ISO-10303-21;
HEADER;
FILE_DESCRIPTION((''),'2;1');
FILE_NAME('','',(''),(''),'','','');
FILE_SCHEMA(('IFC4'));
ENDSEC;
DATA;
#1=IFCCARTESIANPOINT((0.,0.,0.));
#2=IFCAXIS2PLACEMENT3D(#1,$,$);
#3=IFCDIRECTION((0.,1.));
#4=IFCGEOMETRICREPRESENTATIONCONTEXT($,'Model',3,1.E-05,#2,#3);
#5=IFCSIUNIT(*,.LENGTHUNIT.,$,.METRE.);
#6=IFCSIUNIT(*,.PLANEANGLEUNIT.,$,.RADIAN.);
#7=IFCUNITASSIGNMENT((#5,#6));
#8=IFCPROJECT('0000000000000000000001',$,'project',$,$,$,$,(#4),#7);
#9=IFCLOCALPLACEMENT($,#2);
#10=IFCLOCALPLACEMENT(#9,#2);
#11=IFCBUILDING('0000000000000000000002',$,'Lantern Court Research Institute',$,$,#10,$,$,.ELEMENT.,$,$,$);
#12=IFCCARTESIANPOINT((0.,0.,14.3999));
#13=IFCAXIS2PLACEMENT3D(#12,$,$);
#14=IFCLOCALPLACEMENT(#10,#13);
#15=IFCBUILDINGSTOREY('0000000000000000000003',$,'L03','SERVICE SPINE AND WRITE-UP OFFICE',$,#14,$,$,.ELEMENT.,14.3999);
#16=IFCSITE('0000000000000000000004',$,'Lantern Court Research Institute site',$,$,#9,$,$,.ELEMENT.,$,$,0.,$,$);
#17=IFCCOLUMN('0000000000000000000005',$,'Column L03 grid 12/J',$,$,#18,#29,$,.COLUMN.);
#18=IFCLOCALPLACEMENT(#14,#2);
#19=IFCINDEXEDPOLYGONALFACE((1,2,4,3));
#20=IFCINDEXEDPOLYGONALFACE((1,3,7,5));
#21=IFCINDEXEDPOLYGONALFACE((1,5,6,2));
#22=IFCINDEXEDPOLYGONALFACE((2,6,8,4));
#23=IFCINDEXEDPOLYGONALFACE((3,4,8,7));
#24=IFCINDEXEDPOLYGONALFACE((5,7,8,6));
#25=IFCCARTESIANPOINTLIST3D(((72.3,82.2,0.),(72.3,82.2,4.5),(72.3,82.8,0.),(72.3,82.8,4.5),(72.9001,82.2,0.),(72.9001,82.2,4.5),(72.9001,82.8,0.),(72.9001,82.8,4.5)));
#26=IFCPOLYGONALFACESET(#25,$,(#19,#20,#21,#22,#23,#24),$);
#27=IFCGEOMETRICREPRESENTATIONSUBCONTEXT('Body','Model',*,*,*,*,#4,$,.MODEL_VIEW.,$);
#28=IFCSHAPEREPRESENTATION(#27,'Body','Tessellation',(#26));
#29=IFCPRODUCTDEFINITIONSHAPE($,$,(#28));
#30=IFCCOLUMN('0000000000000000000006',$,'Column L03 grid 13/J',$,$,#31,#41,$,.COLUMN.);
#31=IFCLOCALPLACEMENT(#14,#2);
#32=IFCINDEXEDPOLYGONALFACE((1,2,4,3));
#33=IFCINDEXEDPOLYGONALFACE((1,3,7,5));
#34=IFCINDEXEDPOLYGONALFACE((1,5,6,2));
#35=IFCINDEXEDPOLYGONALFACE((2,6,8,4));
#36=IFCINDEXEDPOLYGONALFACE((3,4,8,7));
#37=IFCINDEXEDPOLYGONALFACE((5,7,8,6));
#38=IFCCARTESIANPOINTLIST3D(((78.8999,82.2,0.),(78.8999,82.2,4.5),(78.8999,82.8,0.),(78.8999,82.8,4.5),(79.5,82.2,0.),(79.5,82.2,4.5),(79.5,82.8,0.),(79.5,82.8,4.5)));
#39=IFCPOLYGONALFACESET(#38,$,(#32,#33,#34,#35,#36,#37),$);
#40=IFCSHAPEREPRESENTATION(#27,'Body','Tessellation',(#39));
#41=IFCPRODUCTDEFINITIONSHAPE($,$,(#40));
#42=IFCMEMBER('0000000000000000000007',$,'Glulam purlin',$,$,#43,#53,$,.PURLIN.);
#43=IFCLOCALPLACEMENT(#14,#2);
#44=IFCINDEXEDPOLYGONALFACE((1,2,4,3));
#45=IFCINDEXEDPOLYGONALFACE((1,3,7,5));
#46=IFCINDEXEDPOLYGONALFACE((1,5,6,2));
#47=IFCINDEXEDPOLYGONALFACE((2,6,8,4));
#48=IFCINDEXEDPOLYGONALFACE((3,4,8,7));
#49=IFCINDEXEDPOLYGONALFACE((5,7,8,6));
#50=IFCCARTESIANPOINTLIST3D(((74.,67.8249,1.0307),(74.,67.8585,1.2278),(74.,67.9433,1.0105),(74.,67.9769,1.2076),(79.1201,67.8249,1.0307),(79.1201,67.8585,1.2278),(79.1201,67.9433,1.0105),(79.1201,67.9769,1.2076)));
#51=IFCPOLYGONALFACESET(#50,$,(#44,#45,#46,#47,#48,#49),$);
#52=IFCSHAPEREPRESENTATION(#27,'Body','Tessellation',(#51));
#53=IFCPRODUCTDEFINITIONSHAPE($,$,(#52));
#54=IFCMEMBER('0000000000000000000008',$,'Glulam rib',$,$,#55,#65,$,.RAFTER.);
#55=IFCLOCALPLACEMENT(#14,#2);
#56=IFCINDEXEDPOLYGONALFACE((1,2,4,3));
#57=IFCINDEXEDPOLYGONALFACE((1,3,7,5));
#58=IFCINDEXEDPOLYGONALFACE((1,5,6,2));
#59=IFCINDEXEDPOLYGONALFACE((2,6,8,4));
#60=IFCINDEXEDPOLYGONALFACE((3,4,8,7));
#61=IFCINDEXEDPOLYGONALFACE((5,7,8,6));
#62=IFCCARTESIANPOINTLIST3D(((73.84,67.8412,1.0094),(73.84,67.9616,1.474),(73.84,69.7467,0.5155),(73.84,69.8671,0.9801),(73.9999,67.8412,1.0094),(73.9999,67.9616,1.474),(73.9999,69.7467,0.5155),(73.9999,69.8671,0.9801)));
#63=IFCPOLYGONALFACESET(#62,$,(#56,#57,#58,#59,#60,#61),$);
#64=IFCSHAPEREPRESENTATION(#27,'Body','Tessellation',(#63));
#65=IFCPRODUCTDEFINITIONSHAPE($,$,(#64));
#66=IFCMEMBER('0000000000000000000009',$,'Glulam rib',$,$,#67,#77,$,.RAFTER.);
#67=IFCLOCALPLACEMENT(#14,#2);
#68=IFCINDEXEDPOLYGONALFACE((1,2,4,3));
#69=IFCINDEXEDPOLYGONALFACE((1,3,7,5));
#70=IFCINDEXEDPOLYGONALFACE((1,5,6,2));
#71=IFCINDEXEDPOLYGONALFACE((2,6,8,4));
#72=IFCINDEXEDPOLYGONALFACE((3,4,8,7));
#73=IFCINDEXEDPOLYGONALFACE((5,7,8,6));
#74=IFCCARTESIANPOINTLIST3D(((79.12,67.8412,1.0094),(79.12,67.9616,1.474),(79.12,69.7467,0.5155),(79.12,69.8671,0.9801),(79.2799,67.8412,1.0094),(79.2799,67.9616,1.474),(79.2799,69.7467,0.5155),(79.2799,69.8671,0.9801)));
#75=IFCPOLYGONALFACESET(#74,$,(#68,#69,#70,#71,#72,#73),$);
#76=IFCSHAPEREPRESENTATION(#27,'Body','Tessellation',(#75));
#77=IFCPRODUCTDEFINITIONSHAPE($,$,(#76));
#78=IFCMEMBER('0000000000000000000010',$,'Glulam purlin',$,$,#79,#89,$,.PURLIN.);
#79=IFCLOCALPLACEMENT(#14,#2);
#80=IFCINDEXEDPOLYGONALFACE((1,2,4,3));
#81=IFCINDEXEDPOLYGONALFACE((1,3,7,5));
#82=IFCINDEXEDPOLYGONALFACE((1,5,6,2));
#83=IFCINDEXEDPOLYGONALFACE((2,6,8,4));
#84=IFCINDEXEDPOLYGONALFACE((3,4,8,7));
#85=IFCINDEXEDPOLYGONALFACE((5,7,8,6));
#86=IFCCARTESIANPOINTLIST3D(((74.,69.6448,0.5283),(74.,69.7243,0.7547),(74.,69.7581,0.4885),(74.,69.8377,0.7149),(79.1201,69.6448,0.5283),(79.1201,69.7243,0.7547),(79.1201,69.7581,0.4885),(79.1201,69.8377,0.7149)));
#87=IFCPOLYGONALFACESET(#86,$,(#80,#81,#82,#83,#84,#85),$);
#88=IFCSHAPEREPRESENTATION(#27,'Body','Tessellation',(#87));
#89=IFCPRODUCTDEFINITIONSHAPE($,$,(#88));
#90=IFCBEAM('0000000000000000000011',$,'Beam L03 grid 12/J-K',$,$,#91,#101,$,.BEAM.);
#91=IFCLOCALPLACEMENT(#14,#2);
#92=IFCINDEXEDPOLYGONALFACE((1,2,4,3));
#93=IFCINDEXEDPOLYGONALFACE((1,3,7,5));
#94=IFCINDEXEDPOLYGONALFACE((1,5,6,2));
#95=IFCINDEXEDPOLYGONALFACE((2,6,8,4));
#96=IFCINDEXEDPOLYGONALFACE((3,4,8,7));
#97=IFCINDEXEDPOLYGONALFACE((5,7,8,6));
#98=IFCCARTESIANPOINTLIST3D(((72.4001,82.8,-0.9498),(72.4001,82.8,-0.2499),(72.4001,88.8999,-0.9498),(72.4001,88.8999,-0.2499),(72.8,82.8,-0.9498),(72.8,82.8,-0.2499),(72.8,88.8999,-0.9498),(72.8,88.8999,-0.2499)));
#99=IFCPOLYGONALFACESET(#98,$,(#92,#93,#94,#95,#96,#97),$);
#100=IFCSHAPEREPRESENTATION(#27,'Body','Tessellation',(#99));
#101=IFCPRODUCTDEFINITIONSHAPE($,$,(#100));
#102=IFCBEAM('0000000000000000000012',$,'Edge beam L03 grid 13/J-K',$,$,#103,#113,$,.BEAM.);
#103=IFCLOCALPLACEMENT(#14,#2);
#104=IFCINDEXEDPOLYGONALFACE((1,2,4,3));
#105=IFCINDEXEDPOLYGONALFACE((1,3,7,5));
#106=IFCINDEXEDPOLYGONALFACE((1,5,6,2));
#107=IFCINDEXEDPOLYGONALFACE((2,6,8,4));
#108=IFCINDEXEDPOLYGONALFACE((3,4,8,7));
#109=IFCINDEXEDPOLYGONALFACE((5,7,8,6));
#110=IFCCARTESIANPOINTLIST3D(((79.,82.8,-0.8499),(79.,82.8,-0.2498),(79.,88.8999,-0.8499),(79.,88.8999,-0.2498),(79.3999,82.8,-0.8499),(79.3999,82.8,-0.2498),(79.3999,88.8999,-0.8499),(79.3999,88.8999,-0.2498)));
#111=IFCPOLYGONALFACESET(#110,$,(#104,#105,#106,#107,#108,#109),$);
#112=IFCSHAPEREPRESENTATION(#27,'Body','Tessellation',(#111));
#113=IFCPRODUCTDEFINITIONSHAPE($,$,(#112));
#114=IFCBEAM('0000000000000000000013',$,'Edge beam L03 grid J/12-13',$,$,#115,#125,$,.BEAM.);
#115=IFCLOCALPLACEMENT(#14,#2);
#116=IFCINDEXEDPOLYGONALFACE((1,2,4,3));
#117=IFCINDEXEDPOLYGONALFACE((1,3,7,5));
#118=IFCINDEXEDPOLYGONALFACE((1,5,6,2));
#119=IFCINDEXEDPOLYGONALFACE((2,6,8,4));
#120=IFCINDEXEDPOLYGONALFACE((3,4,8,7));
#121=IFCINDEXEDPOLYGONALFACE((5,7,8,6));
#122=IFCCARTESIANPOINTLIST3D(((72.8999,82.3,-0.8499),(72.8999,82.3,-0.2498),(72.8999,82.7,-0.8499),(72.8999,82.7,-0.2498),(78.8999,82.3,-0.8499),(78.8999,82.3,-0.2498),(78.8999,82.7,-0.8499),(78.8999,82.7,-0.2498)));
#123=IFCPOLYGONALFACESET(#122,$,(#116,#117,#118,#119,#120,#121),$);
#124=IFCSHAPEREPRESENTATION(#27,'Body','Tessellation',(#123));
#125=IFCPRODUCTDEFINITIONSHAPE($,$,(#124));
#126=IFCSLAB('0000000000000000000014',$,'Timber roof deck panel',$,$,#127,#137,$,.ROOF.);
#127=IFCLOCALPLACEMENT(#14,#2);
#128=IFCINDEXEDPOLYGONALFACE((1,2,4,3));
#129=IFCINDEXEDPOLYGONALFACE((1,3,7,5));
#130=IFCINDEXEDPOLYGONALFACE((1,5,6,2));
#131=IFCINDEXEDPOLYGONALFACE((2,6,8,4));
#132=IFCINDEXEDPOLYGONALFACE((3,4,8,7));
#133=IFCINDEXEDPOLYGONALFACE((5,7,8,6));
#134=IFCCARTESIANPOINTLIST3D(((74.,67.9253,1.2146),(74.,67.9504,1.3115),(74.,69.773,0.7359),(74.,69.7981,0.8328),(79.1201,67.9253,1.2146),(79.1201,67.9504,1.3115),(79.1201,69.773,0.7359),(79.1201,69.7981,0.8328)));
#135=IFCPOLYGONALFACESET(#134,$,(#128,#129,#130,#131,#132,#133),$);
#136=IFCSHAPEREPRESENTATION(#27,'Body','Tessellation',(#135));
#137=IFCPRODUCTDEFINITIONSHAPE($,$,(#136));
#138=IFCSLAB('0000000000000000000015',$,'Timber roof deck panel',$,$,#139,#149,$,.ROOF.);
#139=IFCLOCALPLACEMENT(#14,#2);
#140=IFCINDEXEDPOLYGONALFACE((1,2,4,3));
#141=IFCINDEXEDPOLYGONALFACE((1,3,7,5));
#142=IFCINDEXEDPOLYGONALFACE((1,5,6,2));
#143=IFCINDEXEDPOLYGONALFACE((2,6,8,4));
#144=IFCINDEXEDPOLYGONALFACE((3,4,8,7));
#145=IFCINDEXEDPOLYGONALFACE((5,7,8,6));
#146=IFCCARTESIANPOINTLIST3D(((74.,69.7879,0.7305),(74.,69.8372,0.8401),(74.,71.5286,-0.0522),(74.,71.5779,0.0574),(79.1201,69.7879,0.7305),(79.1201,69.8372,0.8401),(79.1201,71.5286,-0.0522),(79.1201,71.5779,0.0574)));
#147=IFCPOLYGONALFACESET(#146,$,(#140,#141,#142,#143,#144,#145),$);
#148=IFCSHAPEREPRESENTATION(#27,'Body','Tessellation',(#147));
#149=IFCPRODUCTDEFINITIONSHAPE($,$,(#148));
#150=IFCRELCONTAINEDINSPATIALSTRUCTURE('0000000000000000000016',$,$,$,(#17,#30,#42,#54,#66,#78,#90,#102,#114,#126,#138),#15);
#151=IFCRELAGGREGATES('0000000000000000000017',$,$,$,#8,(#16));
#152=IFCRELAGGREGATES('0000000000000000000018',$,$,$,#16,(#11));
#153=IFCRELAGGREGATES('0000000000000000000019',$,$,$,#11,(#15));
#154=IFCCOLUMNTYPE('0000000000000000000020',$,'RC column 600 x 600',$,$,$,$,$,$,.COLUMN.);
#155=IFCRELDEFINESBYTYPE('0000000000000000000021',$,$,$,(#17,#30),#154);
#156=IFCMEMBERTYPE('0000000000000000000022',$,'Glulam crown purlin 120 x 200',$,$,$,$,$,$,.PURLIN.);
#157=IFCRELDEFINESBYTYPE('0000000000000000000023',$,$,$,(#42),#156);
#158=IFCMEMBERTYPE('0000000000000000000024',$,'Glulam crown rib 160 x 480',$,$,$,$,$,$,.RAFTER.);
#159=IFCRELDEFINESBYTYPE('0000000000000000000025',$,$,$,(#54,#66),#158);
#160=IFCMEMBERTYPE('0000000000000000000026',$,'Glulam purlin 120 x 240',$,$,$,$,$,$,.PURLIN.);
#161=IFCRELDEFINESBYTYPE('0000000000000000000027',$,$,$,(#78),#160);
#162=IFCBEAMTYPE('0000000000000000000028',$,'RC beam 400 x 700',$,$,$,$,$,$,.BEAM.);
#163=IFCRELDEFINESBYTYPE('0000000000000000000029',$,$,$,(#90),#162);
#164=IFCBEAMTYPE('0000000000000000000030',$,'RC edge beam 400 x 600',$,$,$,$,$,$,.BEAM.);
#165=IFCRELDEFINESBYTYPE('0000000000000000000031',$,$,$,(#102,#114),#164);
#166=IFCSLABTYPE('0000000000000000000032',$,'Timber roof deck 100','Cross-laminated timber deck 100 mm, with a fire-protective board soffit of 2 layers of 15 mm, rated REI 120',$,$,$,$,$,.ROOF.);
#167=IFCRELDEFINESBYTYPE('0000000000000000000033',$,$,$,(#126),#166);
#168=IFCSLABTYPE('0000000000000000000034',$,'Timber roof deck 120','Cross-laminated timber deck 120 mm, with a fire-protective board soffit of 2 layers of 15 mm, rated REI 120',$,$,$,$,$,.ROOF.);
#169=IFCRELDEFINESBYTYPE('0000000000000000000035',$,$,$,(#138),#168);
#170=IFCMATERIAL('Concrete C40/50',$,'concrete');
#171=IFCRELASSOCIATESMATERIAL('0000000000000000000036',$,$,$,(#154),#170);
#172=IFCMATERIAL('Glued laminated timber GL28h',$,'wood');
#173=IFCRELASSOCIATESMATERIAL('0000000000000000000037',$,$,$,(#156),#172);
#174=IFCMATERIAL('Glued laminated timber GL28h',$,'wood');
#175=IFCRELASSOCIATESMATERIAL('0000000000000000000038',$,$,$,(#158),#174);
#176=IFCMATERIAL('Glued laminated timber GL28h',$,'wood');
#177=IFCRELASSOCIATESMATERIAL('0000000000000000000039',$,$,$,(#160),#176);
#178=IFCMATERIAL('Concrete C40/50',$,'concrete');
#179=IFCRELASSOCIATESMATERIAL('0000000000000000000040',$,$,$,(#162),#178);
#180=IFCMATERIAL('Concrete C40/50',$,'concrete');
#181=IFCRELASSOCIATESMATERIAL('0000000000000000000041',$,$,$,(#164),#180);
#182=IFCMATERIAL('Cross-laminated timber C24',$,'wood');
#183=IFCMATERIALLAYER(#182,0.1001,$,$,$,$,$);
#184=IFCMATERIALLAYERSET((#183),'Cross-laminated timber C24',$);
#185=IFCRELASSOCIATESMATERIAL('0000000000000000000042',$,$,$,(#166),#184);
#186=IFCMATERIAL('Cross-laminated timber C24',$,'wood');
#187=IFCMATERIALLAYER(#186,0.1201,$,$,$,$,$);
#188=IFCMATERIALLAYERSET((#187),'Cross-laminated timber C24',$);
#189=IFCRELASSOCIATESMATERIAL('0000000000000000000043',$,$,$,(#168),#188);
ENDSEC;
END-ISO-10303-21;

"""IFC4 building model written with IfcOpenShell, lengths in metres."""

from ifc_helpers import new_model, si_unit, direction, frame, origin, origin_2d, place, context, subcontext, project, spatial, polyline, rectangle, outline, extrude, material, layer, layer_set, material_profile, profile_set, type_object, element, save


model = new_model("IFC4")

# Units and contexts
model_context = context("Model", 3, precision=1e-05, world=origin(), true_north=direction((0.0, 1.0)))
body_context = subcontext(model_context, "Body", "Model", "MODEL_VIEW")
ifc_project = project(units=[si_unit("LENGTHUNIT", "METRE"), si_unit("PLANEANGLEUNIT", "RADIAN")], contexts=[model_context])

# Site, building, storey
site_placement = place(None, origin())
site = spatial("IfcSite", under=ifc_project, at=site_placement, Name="Lantern Court Research Institute site", CompositionType="ELEMENT", RefElevation=0.0)
building_placement = place(site_placement, origin())
building = spatial("IfcBuilding", under=site, at=building_placement, Name="Lantern Court Research Institute", CompositionType="ELEMENT")
storey_placement = place(building_placement, frame((0.0, 0.0, 14.3999)))
storey = spatial("IfcBuildingStorey", under=building, at=storey_placement, Name="L03", Description="SERVICE SPINE AND WRITE-UP OFFICE", CompositionType="ELEMENT", Elevation=14.3999)

# Columns
ifc_material_1 = material(Name="Concrete C40/50", Category="concrete")
ifc_material_profile_1 = material_profile(ifc_material_1, rectangle(XDim=0.6001, YDim=0.6001, at=origin_2d()), Name="RC column 600 x 600")
ifc_profile_set_1 = profile_set([ifc_material_profile_1], Name="Concrete C40/50")
column_type = type_object("IfcColumnType", Name="RC column 600 x 600", PredefinedType="COLUMN", material=ifc_profile_set_1)
for number, where, z_axis, x_axis, name in (
    (1, (72.6001, 82.5, 0.0), (0.0, 0.0, 1.0), (1.0, 0.0, 0.0), "Column L03 grid 12/J"),
    (2, (79.2, 82.5, 0.0), (0.0, 0.0, 1.0), (1.0, 0.0, 0.0), "Column L03 grid 13/J"),
):
    element("IfcColumn", number, at=place(storey_placement, frame(where, z_axis=z_axis, x_axis=x_axis)), inside=storey, type_object=column_type, Name=name, PredefinedType="COLUMN", context=body_context, shape_type="SweptSolid", body=[
        extrude(rectangle(XDim=0.6001, YDim=0.6001, at=origin_2d()), origin(), (0.0, 0.0, 1.0), 4.5),
    ])

# Members
ifc_material_2 = material(Name="Glued laminated timber GL28h", Category="wood")
ifc_material_profile_2 = material_profile(ifc_material_2, rectangle(XDim=0.1201, YDim=0.2, at=origin_2d()), Name="Glulam crown purlin 120 x 200")
ifc_profile_set_2 = profile_set([ifc_material_profile_2], Name="Glued laminated timber GL28h")
member_type_1 = type_object("IfcMemberType", Name="Glulam crown purlin 120 x 200", PredefinedType="PURLIN", material=ifc_profile_set_2)
member_1_placement = place(storey_placement, frame((74.0, 67.9009, 1.1191), z_axis=(1.0, 0.0, 0.0), x_axis=(0.0, 0.985748, -0.168229)))
element("IfcMember", 3, at=member_1_placement, inside=storey, type_object=member_type_1, Name="Glulam purlin", PredefinedType="PURLIN", context=body_context, shape_type="SweptSolid", body=[
    extrude(rectangle(XDim=0.1201, YDim=0.2, at=origin_2d()), origin(), (0.0, 0.0, 1.0), 5.1201),
])
ifc_material_3 = material(Name="Glued laminated timber GL28h", Category="wood")
ifc_material_profile_3 = material_profile(ifc_material_3, rectangle(XDim=0.1599, YDim=0.48, at=origin_2d()), Name="Glulam crown rib 160 x 480")
ifc_profile_set_3 = profile_set([ifc_material_profile_3], Name="Glued laminated timber GL28h")
member_type_2 = type_object("IfcMemberType", Name="Glulam crown rib 160 x 480", PredefinedType="RAFTER", material=ifc_profile_set_3)
for number, where, z_axis, x_axis, name in (
    (4, (73.9199, 67.9014, 1.2417), (0.0, 0.968013, -0.250902), (-1.0, 0.0, 0.0), "Glulam rib"),
    (5, (79.2, 67.9014, 1.2417), (0.0, 0.968013, -0.250902), (-1.0, 0.0, 0.0), "Glulam rib"),
):
    element("IfcMember", number, at=place(storey_placement, frame(where, z_axis=z_axis, x_axis=x_axis)), inside=storey, type_object=member_type_2, Name=name, PredefinedType="RAFTER", context=body_context, shape_type="SweptSolid", body=[
        extrude(rectangle(XDim=0.1599, YDim=0.48, at=origin_2d()), origin(), (0.0, 0.0, 1.0), 1.9685),
    ])
ifc_material_4 = material(Name="Glued laminated timber GL28h", Category="wood")
ifc_material_profile_4 = material_profile(ifc_material_4, rectangle(XDim=0.1201, YDim=0.24, at=origin_2d()), Name="Glulam purlin 120 x 240")
ifc_profile_set_4 = profile_set([ifc_material_profile_4], Name="Glued laminated timber GL28h")
member_type_3 = type_object("IfcMemberType", Name="Glulam purlin 120 x 240", PredefinedType="PURLIN", material=ifc_profile_set_4)
member_2_placement = place(storey_placement, frame((74.0, 69.7412, 0.6216), z_axis=(1.0, 0.0, 0.0), x_axis=(0.0, 0.943398, -0.331663)))
element("IfcMember", 6, at=member_2_placement, inside=storey, type_object=member_type_3, Name="Glulam purlin", PredefinedType="PURLIN", context=body_context, shape_type="SweptSolid", body=[
    extrude(rectangle(XDim=0.1201, YDim=0.24, at=origin_2d()), origin(), (0.0, 0.0, 1.0), 5.1201),
])

# Beams
ifc_material_5 = material(Name="Concrete C40/50", Category="concrete")
ifc_material_profile_5 = material_profile(ifc_material_5, rectangle(XDim=0.3999, YDim=0.7, at=origin_2d()), Name="RC beam 400 x 700")
ifc_profile_set_5 = profile_set([ifc_material_profile_5], Name="Concrete C40/50")
beam_type_1 = type_object("IfcBeamType", Name="RC beam 400 x 700", PredefinedType="BEAM", material=ifc_profile_set_5)
beam_1_placement = place(storey_placement, frame((72.6001, 82.8, -0.5999), z_axis=(0.0, 1.0, 0.0), x_axis=(-1.0, 0.0, 0.0)))
element("IfcBeam", 7, at=beam_1_placement, inside=storey, type_object=beam_type_1, Name="Beam L03 grid 12/J-K", PredefinedType="BEAM", context=body_context, shape_type="SweptSolid", body=[
    extrude(rectangle(XDim=0.3999, YDim=0.7, at=origin_2d()), origin(), (0.0, 0.0, 1.0), 6.0999),
])
ifc_material_6 = material(Name="Concrete C40/50", Category="concrete")
ifc_material_profile_6 = material_profile(ifc_material_6, rectangle(XDim=0.3999, YDim=0.6001, at=origin_2d()), Name="RC beam 400 x 600")
ifc_profile_set_6 = profile_set([ifc_material_profile_6], Name="Concrete C40/50")
beam_type_2 = type_object("IfcBeamType", Name="RC edge beam 400 x 600", PredefinedType="BEAM", material=ifc_profile_set_6)
beam_2_placement = place(storey_placement, frame((79.2, 82.8, -0.5498), z_axis=(0.0, 1.0, 0.0), x_axis=(-1.0, 0.0, 0.0)))
element("IfcBeam", 8, at=beam_2_placement, inside=storey, type_object=beam_type_2, Name="Edge beam L03 grid 13/J-K", PredefinedType="BEAM", context=body_context, shape_type="SweptSolid", body=[
    extrude(rectangle(XDim=0.3999, YDim=0.6001, at=origin_2d()), origin(), (0.0, 0.0, 1.0), 6.0999),
])
beam_3_placement = place(storey_placement, frame((72.8999, 82.5, -0.5498), z_axis=(1.0, 0.0, 0.0), x_axis=(0.0, 1.0, 0.0)))
element("IfcBeam", 9, at=beam_3_placement, inside=storey, type_object=beam_type_2, Name="Edge beam L03 grid J/12-13", PredefinedType="BEAM", context=body_context, shape_type="SweptSolid", body=[
    extrude(rectangle(XDim=0.3999, YDim=0.6001, at=origin_2d()), origin(), (0.0, 0.0, 1.0), 6.0),
])

# Slabs
ifc_material_7 = material(Name="Cross-laminated timber C24", Category="wood")
ifc_layer_1 = layer(ifc_material_7, 0.1001)
ifc_layer_set_1 = layer_set([ifc_layer_1], Name="Cross-laminated timber C24")
slab_type_1 = type_object("IfcSlabType", Name="Timber roof deck 100", Description="Cross-laminated timber deck 100 mm, with a fire-protective board soffit of 2 layers of 15 mm, rated REI 120", PredefinedType="ROOF", material=ifc_layer_set_1)
slab_1_placement = place(storey_placement, frame((74.0, 67.9504, 1.3115), z_axis=(0.0, 0.250833, 0.96803), x_axis=(1.0, 0.0, 0.0)))
element("IfcSlab", 10, at=slab_1_placement, inside=storey, type_object=slab_type_1, Name="Timber roof deck panel", PredefinedType="ROOF", context=body_context, shape_type="SweptSolid", body=[
    extrude(outline(polyline([(0.0, 0.0), (5.1201, 0.0), (5.1201, 1.9087), (0.0, 1.9087), (0.0, 0.0)])), origin(), (0.0, 0.0, -1.0), 0.1001),
])
ifc_material_8 = material(Name="Cross-laminated timber C24", Category="wood")
ifc_layer_2 = layer(ifc_material_8, 0.1201)
ifc_layer_set_2 = layer_set([ifc_layer_2], Name="Cross-laminated timber C24")
slab_type_2 = type_object("IfcSlabType", Name="Timber roof deck 120", Description="Cross-laminated timber deck 120 mm, with a fire-protective board soffit of 2 layers of 15 mm, rated REI 120", PredefinedType="ROOF", material=ifc_layer_set_2)
slab_2_placement = place(storey_placement, frame((74.0, 69.8372, 0.8401), z_axis=(0.0, 0.410099, 0.912041), x_axis=(1.0, 0.0, 0.0)))
element("IfcSlab", 11, at=slab_2_placement, inside=storey, type_object=slab_type_2, Name="Timber roof deck panel", PredefinedType="ROOF", context=body_context, shape_type="SweptSolid", body=[
    extrude(outline(polyline([(0.0, 0.0), (5.1201, 0.0), (5.1201, 1.9086), (0.0, 1.9086), (0.0, 0.0)])), origin(), (0.0, 0.0, -1.0), 0.1201),
])

save(model, "model.ifc")
